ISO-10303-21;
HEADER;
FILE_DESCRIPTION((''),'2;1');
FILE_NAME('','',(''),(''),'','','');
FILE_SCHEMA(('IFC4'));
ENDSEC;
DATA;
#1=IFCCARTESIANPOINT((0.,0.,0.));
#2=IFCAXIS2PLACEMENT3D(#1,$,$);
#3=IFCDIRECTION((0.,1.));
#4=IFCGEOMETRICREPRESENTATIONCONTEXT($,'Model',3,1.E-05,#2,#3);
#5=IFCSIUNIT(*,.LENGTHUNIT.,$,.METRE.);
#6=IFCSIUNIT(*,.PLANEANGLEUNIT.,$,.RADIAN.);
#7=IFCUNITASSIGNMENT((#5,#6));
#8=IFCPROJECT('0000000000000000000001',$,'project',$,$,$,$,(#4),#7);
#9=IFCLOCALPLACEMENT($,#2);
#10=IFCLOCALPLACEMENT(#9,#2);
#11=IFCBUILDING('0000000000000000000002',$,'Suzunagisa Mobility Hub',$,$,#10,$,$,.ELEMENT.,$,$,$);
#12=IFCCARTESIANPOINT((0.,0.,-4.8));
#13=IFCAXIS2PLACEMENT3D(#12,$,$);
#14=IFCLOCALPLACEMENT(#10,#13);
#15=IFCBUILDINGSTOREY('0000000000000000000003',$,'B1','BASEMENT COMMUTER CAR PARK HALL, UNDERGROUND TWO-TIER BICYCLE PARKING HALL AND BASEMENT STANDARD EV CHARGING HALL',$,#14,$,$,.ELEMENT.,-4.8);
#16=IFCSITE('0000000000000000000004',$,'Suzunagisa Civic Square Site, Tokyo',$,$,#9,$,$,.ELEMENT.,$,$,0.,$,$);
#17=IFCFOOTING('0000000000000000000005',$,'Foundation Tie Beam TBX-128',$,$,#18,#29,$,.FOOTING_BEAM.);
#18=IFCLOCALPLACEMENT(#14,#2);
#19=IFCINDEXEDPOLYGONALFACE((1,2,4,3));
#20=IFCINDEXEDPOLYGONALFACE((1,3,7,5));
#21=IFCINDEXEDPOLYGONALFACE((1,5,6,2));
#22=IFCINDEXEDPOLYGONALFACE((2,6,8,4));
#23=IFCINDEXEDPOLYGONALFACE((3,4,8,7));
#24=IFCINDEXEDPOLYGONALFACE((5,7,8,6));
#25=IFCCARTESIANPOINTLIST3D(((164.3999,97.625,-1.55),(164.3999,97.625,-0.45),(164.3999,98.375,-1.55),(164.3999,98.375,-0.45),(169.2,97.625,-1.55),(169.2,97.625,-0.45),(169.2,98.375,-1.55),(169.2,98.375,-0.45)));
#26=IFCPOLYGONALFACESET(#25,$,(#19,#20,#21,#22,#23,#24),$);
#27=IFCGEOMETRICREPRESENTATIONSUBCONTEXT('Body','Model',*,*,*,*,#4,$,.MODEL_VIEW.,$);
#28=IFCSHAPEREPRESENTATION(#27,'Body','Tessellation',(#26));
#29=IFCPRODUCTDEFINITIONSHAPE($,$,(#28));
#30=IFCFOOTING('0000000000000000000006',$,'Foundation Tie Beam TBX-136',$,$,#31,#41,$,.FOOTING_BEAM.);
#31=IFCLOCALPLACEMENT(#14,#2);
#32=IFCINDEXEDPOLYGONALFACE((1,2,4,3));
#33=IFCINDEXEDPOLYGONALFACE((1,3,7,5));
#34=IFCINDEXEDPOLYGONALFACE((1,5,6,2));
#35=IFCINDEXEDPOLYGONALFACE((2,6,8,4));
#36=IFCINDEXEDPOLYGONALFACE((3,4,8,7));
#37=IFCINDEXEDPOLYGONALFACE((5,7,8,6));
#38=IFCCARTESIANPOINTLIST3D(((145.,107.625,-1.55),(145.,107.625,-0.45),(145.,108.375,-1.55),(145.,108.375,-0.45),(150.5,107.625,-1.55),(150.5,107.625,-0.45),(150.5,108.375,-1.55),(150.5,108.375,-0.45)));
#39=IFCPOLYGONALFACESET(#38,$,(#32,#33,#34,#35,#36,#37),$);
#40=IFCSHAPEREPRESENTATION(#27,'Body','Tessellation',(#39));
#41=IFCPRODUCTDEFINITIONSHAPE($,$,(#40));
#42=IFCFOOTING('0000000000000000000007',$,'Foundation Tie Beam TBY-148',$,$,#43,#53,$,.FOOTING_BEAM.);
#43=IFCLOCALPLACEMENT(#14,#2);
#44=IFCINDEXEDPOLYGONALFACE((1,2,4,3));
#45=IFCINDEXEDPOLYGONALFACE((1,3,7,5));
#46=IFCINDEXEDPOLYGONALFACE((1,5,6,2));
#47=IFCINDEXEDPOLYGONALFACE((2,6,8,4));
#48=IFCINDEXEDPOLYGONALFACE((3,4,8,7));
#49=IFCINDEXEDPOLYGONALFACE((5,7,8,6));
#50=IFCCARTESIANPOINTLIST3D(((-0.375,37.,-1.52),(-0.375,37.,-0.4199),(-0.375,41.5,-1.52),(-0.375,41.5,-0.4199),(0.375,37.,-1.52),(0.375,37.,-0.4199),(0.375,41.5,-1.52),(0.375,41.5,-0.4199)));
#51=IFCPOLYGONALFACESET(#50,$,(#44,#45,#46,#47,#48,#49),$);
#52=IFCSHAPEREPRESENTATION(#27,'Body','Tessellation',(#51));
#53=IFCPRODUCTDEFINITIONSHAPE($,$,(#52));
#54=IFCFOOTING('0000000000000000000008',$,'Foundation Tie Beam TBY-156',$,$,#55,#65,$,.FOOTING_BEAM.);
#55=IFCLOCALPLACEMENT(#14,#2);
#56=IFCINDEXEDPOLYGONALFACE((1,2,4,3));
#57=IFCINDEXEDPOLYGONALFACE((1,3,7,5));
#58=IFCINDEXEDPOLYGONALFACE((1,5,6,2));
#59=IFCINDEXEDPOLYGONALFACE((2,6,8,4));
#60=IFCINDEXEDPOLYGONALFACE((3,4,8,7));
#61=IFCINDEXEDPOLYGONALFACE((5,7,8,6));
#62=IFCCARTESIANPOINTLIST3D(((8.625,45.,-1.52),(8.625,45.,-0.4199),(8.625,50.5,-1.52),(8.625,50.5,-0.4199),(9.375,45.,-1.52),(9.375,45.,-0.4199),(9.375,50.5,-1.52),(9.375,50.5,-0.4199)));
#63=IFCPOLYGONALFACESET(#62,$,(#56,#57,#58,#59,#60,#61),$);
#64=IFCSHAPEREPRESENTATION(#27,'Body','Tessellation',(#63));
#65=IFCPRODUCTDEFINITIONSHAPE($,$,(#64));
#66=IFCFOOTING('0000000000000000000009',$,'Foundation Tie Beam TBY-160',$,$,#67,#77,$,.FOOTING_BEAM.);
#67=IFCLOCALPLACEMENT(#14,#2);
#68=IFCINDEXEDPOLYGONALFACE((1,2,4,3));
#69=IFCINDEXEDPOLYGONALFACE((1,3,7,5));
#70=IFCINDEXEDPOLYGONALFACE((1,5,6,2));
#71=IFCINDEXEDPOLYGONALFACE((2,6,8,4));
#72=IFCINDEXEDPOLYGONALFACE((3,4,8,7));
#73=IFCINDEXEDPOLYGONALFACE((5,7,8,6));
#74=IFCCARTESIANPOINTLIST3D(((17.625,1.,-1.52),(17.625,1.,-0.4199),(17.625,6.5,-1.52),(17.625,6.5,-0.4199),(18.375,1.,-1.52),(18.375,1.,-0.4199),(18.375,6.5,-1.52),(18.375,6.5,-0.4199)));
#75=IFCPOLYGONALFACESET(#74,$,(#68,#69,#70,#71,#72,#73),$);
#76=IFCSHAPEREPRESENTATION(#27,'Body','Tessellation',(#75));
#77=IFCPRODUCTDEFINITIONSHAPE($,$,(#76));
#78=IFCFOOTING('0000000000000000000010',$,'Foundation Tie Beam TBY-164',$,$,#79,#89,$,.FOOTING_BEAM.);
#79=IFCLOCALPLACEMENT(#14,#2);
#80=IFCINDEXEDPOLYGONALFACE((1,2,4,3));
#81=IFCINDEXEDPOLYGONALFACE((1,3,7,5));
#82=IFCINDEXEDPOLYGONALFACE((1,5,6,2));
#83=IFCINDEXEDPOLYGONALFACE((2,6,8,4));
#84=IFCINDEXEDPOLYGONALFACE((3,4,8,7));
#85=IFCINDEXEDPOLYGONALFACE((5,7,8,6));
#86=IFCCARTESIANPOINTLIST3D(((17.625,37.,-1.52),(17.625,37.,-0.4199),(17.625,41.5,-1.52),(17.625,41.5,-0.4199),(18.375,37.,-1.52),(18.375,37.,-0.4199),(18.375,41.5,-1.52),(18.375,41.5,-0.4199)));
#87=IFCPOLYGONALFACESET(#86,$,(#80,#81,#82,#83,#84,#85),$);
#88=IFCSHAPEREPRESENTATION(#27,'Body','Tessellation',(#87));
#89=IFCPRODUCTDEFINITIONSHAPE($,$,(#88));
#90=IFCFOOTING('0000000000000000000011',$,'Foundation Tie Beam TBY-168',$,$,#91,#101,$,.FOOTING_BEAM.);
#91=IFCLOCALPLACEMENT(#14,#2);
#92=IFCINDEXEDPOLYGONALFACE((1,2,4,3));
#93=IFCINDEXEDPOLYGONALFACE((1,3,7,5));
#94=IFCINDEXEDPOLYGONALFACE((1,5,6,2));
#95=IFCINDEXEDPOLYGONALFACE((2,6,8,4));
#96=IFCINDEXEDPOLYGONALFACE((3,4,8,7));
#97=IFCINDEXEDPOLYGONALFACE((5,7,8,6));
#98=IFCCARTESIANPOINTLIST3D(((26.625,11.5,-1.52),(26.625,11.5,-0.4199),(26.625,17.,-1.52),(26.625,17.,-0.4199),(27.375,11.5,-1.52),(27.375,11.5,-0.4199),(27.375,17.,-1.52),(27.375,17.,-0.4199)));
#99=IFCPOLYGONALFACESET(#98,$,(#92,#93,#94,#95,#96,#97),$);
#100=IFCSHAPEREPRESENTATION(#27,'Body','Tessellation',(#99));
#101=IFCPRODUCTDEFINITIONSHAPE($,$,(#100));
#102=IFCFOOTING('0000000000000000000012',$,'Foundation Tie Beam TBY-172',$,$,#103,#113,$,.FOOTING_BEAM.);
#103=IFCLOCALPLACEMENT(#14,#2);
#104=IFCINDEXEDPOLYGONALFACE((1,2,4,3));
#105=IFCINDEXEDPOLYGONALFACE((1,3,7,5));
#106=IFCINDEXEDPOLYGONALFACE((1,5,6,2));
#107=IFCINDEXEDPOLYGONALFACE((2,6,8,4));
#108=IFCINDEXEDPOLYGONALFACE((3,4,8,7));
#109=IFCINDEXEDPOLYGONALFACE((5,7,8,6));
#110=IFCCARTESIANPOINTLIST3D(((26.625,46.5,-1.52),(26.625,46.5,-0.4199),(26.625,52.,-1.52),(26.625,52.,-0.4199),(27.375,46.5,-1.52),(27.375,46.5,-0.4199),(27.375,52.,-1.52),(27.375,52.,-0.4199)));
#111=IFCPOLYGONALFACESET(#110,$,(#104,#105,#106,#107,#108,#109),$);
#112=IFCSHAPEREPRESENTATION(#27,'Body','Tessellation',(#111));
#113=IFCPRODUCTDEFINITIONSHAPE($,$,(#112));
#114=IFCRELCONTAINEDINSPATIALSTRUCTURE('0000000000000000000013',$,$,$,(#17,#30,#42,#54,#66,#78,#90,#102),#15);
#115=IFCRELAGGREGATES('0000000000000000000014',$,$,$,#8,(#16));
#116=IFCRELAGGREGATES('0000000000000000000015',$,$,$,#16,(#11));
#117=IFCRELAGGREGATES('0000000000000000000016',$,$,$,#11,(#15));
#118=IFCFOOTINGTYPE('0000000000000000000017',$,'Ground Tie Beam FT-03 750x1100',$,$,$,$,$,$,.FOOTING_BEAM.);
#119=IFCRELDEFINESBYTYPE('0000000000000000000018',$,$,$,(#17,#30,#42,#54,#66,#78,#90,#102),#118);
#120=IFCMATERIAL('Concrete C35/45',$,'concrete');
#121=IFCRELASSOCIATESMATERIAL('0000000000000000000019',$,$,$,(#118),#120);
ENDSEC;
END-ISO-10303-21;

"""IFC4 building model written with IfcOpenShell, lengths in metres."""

from ifc_helpers import new_model, si_unit, direction, frame, origin, place, context, subcontext, project, spatial, polyline, outline, extrude, material, type_object, element, save


model = new_model("IFC4")

# Units and contexts
model_context = context("Model", 3, precision=1e-05, world=origin(), true_north=direction((0.0, 1.0)))
body_context = subcontext(model_context, "Body", "Model", "MODEL_VIEW")
ifc_project = project(units=[si_unit("LENGTHUNIT", "METRE"), si_unit("PLANEANGLEUNIT", "RADIAN")], contexts=[model_context])

# Site, building, storey
site_placement = place(None, origin())
site = spatial("IfcSite", under=ifc_project, at=site_placement, Name="Suzunagisa Civic Square Site, Tokyo", CompositionType="ELEMENT", RefElevation=0.0)
building_placement = place(site_placement, origin())
building = spatial("IfcBuilding", under=site, at=building_placement, Name="Suzunagisa Mobility Hub", CompositionType="ELEMENT")
storey_placement = place(building_placement, frame((0.0, 0.0, -4.8)))
storey = spatial("IfcBuildingStorey", under=building, at=storey_placement, Name="B1", Description="BASEMENT COMMUTER CAR PARK HALL, UNDERGROUND TWO-TIER BICYCLE PARKING HALL AND BASEMENT STANDARD EV CHARGING HALL", CompositionType="ELEMENT", Elevation=-4.8)

# Footings
ifc_material = material(Name="Concrete C35/45", Category="concrete")
footing_type = type_object("IfcFootingType", Name="Ground Tie Beam FT-03 750x1100", PredefinedType="FOOTING_BEAM", material=ifc_material)
footing_1_placement = place(storey_placement, frame((0.0, 0.0, -1.55)))
element("IfcFooting", 1, at=footing_1_placement, inside=storey, type_object=footing_type, Name="Foundation Tie Beam TBX-128", PredefinedType="FOOTING_BEAM", context=body_context, shape_type="SweptSolid", body=[
    extrude(outline(polyline([(164.3999, 97.625), (169.2, 97.625), (169.2, 98.375), (164.3999, 98.375), (164.3999, 97.625)])), origin(), (0.0, 0.0, 1.0), 1.1001),
])
footing_2_placement = place(storey_placement, frame((0.0, 0.0, -1.55)))
element("IfcFooting", 2, at=footing_2_placement, inside=storey, type_object=footing_type, Name="Foundation Tie Beam TBX-136", PredefinedType="FOOTING_BEAM", context=body_context, shape_type="SweptSolid", body=[
    extrude(outline(polyline([(145.0, 107.625), (150.5, 107.625), (150.5, 108.375), (145.0, 108.375), (145.0, 107.625)])), origin(), (0.0, 0.0, 1.0), 1.1001),
])
footing_3_placement = place(storey_placement, frame((0.0, 0.0, -1.52)))
element("IfcFooting", 3, at=footing_3_placement, inside=storey, type_object=footing_type, Name="Foundation Tie Beam TBY-148", PredefinedType="FOOTING_BEAM", context=body_context, shape_type="SweptSolid", body=[
    extrude(outline(polyline([(-0.375, 37.0), (0.375, 37.0), (0.375, 41.5), (-0.375, 41.5), (-0.375, 37.0)])), origin(), (0.0, 0.0, 1.0), 1.1001),
])
footing_4_placement = place(storey_placement, frame((0.0, 0.0, -1.52)))
element("IfcFooting", 4, at=footing_4_placement, inside=storey, type_object=footing_type, Name="Foundation Tie Beam TBY-156", PredefinedType="FOOTING_BEAM", context=body_context, shape_type="SweptSolid", body=[
    extrude(outline(polyline([(8.625, 45.0), (9.375, 45.0), (9.375, 50.5), (8.625, 50.5), (8.625, 45.0)])), origin(), (0.0, 0.0, 1.0), 1.1001),
])
footing_5_placement = place(storey_placement, frame((0.0, 0.0, -1.52)))
element("IfcFooting", 5, at=footing_5_placement, inside=storey, type_object=footing_type, Name="Foundation Tie Beam TBY-160", PredefinedType="FOOTING_BEAM", context=body_context, shape_type="SweptSolid", body=[
    extrude(outline(polyline([(17.625, 1.0), (18.375, 1.0), (18.375, 6.5), (17.625, 6.5), (17.625, 1.0)])), origin(), (0.0, 0.0, 1.0), 1.1001),
])
footing_6_placement = place(storey_placement, frame((0.0, 0.0, -1.52)))
element("IfcFooting", 6, at=footing_6_placement, inside=storey, type_object=footing_type, Name="Foundation Tie Beam TBY-164", PredefinedType="FOOTING_BEAM", context=body_context, shape_type="SweptSolid", body=[
    extrude(outline(polyline([(17.625, 37.0), (18.375, 37.0), (18.375, 41.5), (17.625, 41.5), (17.625, 37.0)])), origin(), (0.0, 0.0, 1.0), 1.1001),
])
footing_7_placement = place(storey_placement, frame((0.0, 0.0, -1.52)))
element("IfcFooting", 7, at=footing_7_placement, inside=storey, type_object=footing_type, Name="Foundation Tie Beam TBY-168", PredefinedType="FOOTING_BEAM", context=body_context, shape_type="SweptSolid", body=[
    extrude(outline(polyline([(26.625, 11.5), (27.375, 11.5), (27.375, 17.0), (26.625, 17.0), (26.625, 11.5)])), origin(), (0.0, 0.0, 1.0), 1.1001),
])
footing_8_placement = place(storey_placement, frame((0.0, 0.0, -1.52)))
element("IfcFooting", 8, at=footing_8_placement, inside=storey, type_object=footing_type, Name="Foundation Tie Beam TBY-172", PredefinedType="FOOTING_BEAM", context=body_context, shape_type="SweptSolid", body=[
    extrude(outline(polyline([(26.625, 46.5), (27.375, 46.5), (27.375, 52.0), (26.625, 52.0), (26.625, 46.5)])), origin(), (0.0, 0.0, 1.0), 1.1001),
])

save(model, "model.ifc")
